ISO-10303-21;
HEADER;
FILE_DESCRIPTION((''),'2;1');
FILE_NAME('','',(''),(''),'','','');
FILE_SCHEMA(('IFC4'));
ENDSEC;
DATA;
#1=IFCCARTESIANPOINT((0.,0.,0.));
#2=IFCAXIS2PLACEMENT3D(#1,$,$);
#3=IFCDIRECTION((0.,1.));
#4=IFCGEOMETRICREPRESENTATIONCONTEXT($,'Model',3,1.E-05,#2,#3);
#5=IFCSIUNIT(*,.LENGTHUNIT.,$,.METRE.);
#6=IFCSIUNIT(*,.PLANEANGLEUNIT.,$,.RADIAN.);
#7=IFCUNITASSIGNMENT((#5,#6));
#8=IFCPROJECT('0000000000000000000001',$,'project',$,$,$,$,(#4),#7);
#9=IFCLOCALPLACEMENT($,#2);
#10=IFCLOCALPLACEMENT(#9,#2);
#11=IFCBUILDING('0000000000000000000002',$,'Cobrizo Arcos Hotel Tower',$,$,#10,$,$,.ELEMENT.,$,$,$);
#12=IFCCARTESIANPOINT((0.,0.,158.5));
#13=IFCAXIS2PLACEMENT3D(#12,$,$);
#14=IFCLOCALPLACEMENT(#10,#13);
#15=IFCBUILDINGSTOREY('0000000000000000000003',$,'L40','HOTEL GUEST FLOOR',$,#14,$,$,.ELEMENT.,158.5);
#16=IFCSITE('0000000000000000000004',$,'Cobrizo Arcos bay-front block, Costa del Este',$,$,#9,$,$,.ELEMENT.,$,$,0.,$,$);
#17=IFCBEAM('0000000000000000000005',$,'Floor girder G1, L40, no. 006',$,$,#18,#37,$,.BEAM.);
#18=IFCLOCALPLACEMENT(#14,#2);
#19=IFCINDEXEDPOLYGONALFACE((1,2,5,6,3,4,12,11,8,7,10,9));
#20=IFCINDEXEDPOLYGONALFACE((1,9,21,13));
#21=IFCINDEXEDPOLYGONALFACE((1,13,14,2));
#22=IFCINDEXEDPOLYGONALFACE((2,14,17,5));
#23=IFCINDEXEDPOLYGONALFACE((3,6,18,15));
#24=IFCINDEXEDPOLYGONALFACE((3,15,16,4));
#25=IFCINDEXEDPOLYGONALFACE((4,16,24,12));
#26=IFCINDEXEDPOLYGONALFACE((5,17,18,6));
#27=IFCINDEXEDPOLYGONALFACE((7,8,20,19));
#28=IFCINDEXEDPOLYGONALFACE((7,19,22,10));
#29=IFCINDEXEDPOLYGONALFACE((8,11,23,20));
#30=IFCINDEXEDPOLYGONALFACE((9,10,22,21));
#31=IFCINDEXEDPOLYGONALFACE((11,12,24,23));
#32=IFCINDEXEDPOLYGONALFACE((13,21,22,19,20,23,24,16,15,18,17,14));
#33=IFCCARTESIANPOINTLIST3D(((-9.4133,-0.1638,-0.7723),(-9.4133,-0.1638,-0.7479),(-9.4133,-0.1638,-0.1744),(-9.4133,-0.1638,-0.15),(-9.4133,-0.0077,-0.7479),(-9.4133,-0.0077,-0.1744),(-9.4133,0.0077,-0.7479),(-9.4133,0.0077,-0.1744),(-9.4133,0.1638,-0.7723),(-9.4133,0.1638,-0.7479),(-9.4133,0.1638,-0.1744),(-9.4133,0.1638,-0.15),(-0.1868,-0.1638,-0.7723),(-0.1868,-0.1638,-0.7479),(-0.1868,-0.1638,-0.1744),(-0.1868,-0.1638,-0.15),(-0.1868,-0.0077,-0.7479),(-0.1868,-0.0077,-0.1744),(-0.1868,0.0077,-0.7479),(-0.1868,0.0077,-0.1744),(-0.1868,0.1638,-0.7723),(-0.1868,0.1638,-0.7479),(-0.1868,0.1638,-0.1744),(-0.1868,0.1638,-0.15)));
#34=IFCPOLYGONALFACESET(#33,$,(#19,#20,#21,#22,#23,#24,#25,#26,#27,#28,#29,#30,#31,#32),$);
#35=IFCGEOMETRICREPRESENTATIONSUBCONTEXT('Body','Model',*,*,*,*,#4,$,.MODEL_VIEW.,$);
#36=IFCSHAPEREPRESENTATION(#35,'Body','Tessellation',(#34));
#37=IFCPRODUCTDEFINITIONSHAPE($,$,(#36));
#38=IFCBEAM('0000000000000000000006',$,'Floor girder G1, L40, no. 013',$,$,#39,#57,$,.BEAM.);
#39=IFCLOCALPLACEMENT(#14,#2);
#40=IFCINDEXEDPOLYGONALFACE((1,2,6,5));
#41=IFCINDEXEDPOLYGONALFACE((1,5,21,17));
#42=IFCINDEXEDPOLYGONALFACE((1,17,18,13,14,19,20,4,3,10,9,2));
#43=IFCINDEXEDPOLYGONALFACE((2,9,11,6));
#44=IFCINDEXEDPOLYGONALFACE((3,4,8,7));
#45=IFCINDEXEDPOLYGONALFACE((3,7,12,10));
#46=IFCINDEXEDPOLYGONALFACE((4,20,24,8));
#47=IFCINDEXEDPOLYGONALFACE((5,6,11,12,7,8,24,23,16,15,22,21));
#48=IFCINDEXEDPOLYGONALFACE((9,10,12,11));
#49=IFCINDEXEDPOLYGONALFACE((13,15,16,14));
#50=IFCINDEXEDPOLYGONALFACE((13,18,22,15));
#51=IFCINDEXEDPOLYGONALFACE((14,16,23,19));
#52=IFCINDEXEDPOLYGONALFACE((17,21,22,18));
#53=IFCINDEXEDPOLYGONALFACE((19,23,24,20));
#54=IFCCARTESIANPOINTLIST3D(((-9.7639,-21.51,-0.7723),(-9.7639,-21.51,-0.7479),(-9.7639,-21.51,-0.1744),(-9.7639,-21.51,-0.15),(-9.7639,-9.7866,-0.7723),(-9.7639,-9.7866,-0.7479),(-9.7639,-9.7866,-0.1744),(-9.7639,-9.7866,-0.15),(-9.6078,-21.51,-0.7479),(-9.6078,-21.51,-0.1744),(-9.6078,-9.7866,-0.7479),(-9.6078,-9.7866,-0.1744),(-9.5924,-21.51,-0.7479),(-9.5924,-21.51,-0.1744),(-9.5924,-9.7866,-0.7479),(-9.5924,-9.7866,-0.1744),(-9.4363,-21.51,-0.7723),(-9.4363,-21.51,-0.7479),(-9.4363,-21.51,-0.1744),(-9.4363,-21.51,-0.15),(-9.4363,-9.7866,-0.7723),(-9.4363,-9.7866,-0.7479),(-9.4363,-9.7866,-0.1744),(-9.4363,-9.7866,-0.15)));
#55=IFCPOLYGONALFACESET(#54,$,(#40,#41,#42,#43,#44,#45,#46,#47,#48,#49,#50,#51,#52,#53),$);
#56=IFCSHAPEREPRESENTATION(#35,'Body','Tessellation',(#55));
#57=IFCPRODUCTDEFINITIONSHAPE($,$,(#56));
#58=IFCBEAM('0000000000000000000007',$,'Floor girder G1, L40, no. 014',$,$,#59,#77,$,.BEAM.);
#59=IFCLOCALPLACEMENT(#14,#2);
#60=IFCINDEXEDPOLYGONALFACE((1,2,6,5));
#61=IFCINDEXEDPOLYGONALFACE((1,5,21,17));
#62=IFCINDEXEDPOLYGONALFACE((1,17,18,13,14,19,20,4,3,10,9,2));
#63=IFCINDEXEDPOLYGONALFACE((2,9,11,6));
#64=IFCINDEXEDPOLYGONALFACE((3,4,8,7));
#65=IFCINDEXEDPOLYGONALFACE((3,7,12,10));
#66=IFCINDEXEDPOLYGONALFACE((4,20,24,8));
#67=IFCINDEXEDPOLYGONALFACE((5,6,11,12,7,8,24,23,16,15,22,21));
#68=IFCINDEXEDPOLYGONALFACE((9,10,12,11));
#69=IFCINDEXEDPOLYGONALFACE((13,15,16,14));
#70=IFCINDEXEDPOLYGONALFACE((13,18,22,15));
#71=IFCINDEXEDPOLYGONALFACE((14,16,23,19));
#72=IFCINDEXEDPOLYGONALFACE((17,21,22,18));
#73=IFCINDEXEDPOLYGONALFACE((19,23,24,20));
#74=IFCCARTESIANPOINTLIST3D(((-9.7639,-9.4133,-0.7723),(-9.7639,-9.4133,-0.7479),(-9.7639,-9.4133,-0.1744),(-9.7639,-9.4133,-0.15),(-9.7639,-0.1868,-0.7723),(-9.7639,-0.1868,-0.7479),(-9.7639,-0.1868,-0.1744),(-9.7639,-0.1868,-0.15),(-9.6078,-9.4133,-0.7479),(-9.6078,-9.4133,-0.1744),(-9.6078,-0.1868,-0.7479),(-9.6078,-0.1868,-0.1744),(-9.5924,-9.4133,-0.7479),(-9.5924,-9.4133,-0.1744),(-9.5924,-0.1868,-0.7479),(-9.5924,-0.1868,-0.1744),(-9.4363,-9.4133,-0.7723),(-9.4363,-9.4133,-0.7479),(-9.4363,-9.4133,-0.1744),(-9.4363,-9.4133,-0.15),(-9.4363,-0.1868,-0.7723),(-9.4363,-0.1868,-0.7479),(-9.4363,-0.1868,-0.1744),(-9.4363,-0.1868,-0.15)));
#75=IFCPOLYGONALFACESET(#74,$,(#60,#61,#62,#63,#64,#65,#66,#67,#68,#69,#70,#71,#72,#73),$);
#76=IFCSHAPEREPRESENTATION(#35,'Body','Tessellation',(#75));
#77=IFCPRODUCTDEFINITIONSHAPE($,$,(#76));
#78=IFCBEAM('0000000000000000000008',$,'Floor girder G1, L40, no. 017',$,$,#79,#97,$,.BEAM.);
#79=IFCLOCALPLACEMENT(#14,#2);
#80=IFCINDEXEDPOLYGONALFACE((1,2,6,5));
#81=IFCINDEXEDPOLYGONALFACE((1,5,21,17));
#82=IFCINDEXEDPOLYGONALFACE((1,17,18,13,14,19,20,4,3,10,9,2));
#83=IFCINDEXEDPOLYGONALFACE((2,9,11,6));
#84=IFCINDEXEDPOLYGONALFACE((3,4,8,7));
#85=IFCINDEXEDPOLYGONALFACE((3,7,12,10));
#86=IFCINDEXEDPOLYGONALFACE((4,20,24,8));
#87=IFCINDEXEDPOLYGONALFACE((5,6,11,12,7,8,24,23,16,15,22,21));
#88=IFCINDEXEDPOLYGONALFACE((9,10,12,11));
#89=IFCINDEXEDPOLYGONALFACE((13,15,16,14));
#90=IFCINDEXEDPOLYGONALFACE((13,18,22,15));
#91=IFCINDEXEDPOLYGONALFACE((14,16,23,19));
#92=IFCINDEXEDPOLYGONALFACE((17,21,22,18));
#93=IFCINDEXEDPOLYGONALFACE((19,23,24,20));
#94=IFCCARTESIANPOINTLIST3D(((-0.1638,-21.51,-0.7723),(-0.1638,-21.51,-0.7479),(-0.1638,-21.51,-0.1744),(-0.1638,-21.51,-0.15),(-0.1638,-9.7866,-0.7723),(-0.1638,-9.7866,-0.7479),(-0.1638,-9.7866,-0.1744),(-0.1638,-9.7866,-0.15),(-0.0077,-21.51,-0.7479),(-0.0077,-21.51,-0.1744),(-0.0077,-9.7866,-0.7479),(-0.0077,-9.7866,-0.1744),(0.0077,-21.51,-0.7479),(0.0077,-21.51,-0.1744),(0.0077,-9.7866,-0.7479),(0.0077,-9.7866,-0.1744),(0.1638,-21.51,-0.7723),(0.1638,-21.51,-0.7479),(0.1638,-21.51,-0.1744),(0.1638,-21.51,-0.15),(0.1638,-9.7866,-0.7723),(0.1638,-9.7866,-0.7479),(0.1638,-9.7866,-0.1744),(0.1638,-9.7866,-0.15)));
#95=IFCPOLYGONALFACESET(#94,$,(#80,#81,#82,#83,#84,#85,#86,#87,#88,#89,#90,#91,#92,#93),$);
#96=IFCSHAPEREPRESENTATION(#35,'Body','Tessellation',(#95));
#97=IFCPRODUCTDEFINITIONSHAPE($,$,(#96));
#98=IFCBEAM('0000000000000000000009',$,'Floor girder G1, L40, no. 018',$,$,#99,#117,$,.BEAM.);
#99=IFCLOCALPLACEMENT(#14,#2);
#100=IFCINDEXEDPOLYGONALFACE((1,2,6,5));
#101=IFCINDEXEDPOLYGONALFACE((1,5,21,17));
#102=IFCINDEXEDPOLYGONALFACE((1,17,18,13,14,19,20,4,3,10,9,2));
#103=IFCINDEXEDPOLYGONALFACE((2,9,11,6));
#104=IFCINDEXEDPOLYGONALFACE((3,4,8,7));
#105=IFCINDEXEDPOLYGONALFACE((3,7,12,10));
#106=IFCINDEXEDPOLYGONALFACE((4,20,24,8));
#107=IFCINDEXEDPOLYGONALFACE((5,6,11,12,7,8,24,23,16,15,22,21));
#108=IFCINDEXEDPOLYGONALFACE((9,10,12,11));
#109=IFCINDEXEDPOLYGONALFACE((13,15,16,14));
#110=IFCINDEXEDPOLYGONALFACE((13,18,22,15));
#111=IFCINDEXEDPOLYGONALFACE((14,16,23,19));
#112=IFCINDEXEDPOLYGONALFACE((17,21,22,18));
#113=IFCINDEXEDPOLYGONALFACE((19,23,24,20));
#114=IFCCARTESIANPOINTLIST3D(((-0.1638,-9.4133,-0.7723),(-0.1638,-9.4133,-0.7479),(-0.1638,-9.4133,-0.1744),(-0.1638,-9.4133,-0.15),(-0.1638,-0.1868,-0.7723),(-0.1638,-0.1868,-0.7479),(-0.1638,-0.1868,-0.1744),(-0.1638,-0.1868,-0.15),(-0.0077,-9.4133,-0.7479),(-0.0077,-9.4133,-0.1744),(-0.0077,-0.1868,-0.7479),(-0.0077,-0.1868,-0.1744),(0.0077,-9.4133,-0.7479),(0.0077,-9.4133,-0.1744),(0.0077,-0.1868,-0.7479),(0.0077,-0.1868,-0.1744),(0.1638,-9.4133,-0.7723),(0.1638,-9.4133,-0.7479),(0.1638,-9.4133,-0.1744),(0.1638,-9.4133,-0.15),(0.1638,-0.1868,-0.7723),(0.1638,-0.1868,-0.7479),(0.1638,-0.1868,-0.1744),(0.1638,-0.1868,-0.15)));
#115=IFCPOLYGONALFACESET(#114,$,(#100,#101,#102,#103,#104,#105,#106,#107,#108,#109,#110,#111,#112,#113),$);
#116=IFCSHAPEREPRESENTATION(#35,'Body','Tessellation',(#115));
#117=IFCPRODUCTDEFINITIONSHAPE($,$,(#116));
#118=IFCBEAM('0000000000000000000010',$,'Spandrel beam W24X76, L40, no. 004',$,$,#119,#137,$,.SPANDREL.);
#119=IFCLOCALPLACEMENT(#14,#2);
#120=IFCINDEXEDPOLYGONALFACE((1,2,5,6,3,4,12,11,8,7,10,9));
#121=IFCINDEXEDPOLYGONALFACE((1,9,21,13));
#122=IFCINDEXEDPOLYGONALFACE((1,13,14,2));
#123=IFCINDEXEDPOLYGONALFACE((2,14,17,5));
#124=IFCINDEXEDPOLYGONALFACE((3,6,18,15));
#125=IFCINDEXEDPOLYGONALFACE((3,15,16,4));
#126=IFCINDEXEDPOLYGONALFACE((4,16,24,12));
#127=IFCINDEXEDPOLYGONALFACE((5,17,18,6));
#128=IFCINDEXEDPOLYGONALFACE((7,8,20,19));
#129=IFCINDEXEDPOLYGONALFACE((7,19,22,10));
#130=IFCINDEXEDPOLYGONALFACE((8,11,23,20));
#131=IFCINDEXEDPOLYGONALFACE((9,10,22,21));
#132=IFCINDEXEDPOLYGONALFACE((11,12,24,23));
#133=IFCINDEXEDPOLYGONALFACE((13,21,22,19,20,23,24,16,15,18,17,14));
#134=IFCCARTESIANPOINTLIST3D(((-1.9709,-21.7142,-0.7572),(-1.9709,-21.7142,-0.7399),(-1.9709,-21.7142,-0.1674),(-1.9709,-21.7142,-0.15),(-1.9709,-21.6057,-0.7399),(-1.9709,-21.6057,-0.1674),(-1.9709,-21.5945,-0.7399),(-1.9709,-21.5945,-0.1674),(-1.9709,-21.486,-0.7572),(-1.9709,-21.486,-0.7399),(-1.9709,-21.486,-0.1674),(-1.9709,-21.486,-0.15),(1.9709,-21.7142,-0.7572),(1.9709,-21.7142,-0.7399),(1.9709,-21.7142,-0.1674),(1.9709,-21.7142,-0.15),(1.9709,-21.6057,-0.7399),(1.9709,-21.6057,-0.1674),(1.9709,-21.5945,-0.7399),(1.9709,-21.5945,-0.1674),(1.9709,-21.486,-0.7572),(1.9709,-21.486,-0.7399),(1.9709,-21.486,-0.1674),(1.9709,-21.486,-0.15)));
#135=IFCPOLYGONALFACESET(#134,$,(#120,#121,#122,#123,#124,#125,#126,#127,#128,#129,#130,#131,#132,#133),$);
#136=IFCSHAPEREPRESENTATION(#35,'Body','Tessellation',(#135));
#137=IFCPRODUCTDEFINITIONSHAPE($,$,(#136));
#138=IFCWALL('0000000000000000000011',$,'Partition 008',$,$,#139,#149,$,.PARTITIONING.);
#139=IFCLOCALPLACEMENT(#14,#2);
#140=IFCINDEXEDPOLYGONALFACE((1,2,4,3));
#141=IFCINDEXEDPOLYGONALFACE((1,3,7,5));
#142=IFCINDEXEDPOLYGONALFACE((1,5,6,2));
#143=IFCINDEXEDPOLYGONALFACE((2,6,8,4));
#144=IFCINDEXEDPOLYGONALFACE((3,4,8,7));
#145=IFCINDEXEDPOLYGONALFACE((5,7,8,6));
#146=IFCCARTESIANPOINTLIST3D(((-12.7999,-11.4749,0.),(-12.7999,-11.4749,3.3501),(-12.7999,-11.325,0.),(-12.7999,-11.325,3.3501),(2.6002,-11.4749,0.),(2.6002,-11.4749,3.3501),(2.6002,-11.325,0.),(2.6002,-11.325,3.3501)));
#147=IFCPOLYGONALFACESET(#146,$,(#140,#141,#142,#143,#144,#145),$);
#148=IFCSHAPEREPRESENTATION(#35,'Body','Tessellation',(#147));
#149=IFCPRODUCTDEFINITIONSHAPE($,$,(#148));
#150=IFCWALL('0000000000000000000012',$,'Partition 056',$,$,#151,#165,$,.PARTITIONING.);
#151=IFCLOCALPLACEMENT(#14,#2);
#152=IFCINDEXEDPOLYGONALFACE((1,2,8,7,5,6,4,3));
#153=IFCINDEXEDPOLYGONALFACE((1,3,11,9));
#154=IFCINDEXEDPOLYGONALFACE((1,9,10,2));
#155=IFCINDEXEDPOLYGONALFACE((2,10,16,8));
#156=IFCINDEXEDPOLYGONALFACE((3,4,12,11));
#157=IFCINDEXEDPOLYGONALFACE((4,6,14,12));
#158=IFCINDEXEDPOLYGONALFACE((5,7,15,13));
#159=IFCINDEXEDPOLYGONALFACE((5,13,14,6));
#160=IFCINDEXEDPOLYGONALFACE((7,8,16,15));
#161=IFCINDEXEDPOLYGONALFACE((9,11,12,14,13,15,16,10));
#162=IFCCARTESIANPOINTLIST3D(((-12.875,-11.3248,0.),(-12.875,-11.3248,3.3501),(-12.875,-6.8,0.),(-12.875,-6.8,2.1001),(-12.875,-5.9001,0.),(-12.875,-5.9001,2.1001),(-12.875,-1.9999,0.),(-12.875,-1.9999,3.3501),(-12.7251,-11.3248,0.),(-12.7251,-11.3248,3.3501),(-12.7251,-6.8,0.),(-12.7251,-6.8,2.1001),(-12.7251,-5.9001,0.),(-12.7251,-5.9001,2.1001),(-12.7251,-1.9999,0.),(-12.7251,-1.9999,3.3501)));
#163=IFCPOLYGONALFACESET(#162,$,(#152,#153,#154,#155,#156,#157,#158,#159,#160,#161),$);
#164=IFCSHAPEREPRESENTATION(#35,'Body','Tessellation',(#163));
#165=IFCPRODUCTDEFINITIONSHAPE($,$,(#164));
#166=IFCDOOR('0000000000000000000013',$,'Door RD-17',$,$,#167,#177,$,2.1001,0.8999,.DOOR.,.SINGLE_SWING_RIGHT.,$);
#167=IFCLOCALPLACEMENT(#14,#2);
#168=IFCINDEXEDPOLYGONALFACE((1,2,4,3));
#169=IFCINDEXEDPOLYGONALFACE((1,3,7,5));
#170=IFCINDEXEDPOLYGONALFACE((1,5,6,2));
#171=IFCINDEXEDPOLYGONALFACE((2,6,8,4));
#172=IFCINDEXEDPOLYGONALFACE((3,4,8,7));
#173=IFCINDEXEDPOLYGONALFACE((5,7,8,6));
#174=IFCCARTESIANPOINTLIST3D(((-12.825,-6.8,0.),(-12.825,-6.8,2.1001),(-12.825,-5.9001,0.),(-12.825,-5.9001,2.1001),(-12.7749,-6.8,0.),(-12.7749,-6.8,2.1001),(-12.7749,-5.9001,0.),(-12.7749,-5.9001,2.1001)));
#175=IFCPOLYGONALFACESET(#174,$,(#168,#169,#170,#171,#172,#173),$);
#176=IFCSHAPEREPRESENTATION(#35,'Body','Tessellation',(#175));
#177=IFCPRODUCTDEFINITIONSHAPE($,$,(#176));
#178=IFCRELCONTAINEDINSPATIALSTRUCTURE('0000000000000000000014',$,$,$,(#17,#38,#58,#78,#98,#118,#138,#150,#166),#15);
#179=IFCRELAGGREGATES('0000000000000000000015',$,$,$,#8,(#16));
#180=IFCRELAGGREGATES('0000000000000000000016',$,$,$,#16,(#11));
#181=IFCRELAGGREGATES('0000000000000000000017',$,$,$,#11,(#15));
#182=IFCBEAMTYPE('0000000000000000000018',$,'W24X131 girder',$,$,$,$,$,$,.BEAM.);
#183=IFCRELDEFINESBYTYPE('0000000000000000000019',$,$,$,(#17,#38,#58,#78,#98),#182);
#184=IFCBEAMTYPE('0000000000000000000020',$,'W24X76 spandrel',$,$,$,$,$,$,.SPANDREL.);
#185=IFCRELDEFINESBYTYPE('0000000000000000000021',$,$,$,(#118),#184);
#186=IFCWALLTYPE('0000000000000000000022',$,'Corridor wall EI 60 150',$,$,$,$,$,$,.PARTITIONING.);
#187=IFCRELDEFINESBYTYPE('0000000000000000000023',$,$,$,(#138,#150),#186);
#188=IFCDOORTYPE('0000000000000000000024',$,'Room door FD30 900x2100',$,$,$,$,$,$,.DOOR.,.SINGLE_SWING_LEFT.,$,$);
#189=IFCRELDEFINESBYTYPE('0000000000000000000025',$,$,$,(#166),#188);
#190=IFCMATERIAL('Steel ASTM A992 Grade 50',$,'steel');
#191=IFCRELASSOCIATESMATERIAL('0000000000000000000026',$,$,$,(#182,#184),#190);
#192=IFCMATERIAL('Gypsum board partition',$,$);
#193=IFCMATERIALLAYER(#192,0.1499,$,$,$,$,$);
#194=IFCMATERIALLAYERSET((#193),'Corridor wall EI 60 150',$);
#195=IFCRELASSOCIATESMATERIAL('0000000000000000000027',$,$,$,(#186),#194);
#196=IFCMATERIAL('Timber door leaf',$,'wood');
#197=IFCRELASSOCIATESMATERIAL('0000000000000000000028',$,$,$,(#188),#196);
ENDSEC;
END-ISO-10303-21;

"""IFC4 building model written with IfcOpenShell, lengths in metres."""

from ifc_helpers import new_model, si_unit, direction, frame, frame_2d, origin, origin_2d, place, context, subcontext, project, spatial, rectangle, i_section, extrude, material, layer, layer_set, material_profile, profile_set, type_object, element, fill, save


model = new_model("IFC4")

# Units and contexts
model_context = context("Model", 3, precision=1e-05, world=origin(), true_north=direction((0.0, 1.0)))
body_context = subcontext(model_context, "Body", "Model", "MODEL_VIEW")
ifc_project = project(units=[si_unit("LENGTHUNIT", "METRE"), si_unit("PLANEANGLEUNIT", "RADIAN")], contexts=[model_context])

# Site, building, storey
site_placement = place(None, origin())
site = spatial("IfcSite", under=ifc_project, at=site_placement, Name="Cobrizo Arcos bay-front block, Costa del Este", CompositionType="ELEMENT", RefElevation=0.0)
building_placement = place(site_placement, origin())
building = spatial("IfcBuilding", under=site, at=building_placement, Name="Cobrizo Arcos Hotel Tower", CompositionType="ELEMENT")
storey_placement = place(building_placement, frame((0.0, 0.0, 158.5)))
storey = spatial("IfcBuildingStorey", under=building, at=storey_placement, Name="L40", Description="HOTEL GUEST FLOOR", CompositionType="ELEMENT", Elevation=158.5)

# Shared definitions
ifc_material_1 = material(Name="Steel ASTM A992 Grade 50", Category="steel")

# Beams
ifc_material_profile_1 = material_profile(ifc_material_1, i_section(OverallWidth=0.3276, OverallDepth=0.6223, WebThickness=0.0154, FlangeThickness=0.0244, at=origin_2d()), Name="W24X131")
ifc_profile_set_1 = profile_set([ifc_material_profile_1], Name="Steel ASTM A992 Grade 50")
beam_type_1 = type_object("IfcBeamType", Name="W24X131 girder", PredefinedType="BEAM", material=ifc_profile_set_1)
for number, where, z_axis, x_axis, name in (
    (1, (-9.4133, 0.0, -0.4612), (1.0, 0.0, 0.0), (0.0, 1.0, 0.0), "Floor girder G1, L40, no. 006"),
):
    element("IfcBeam", number, at=place(storey_placement, frame(where, z_axis=z_axis, x_axis=x_axis)), inside=storey, type_object=beam_type_1, Name=name, PredefinedType="BEAM", context=body_context, shape_type="SweptSolid", body=[
        extrude(i_section(OverallWidth=0.3276, OverallDepth=0.6223, WebThickness=0.0154, FlangeThickness=0.0244, at=origin_2d()), origin(), (0.0, 0.0, 1.0), 9.2266),
    ])
beam_1_placement = place(storey_placement, frame((-9.6001, -21.51, -0.4612), z_axis=(0.0, 1.0, 0.0), x_axis=(-1.0, 0.0, 0.0)))
element("IfcBeam", 2, at=beam_1_placement, inside=storey, type_object=beam_type_1, Name="Floor girder G1, L40, no. 013", PredefinedType="BEAM", context=body_context, shape_type="SweptSolid", body=[
    extrude(i_section(OverallWidth=0.3276, OverallDepth=0.6223, WebThickness=0.0154, FlangeThickness=0.0244, at=origin_2d()), origin(), (0.0, 0.0, 1.0), 11.7234),
])
beam_2_placement = place(storey_placement, frame((-9.6001, -9.4133, -0.4612), z_axis=(0.0, 1.0, 0.0), x_axis=(-1.0, 0.0, 0.0)))
element("IfcBeam", 3, at=beam_2_placement, inside=storey, type_object=beam_type_1, Name="Floor girder G1, L40, no. 014", PredefinedType="BEAM", context=body_context, shape_type="SweptSolid", body=[
    extrude(i_section(OverallWidth=0.3276, OverallDepth=0.6223, WebThickness=0.0154, FlangeThickness=0.0244, at=origin_2d()), origin(), (0.0, 0.0, 1.0), 9.2266),
])
beam_3_placement = place(storey_placement, frame((0.0, -21.51, -0.4612), z_axis=(0.0, 1.0, 0.0), x_axis=(-1.0, 0.0, 0.0)))
element("IfcBeam", 4, at=beam_3_placement, inside=storey, type_object=beam_type_1, Name="Floor girder G1, L40, no. 017", PredefinedType="BEAM", context=body_context, shape_type="SweptSolid", body=[
    extrude(i_section(OverallWidth=0.3276, OverallDepth=0.6223, WebThickness=0.0154, FlangeThickness=0.0244, at=origin_2d()), origin(), (0.0, 0.0, 1.0), 11.7234),
])
beam_4_placement = place(storey_placement, frame((0.0, -9.4133, -0.4612), z_axis=(0.0, 1.0, 0.0), x_axis=(-1.0, 0.0, 0.0)))
element("IfcBeam", 5, at=beam_4_placement, inside=storey, type_object=beam_type_1, Name="Floor girder G1, L40, no. 018", PredefinedType="BEAM", context=body_context, shape_type="SweptSolid", body=[
    extrude(i_section(OverallWidth=0.3276, OverallDepth=0.6223, WebThickness=0.0154, FlangeThickness=0.0244, at=origin_2d()), origin(), (0.0, 0.0, 1.0), 9.2266),
])
ifc_material_profile_2 = material_profile(ifc_material_1, i_section(OverallWidth=0.2283, OverallDepth=0.6072, WebThickness=0.0112, FlangeThickness=0.0173, at=origin_2d()), Name="W24X76")
ifc_profile_set_2 = profile_set([ifc_material_profile_2], Name="Steel ASTM A992 Grade 50")
beam_type_2 = type_object("IfcBeamType", Name="W24X76 spandrel", PredefinedType="SPANDREL", material=ifc_profile_set_2)
beam_5_placement = place(storey_placement, frame((-1.9709, -21.6001, -0.4536), z_axis=(1.0, 0.0, 0.0), x_axis=(0.0, 1.0, 0.0)))
element("IfcBeam", 6, at=beam_5_placement, inside=storey, type_object=beam_type_2, Name="Spandrel beam W24X76, L40, no. 004", PredefinedType="SPANDREL", context=body_context, shape_type="SweptSolid", body=[
    extrude(i_section(OverallWidth=0.2283, OverallDepth=0.6072, WebThickness=0.0112, FlangeThickness=0.0173, at=origin_2d()), origin(), (0.0, 0.0, 1.0), 3.9419),
])

# Wall
ifc_material_2 = material(Name="Gypsum board partition")
ifc_layer_1 = layer(ifc_material_2, 0.1499)
ifc_layer_set_1 = layer_set([ifc_layer_1], Name="Corridor wall EI 60 150")
wall_type_1 = type_object("IfcWallType", Name="Corridor wall EI 60 150", PredefinedType="PARTITIONING", material=ifc_layer_set_1)
wall_1_placement = place(storey_placement, frame((-12.8, -11.3999, 0.0), z_axis=(0.0, 0.0, 1.0), x_axis=(1.0, 0.0, 0.0)))
element("IfcWall", 7, at=wall_1_placement, inside=storey, type_object=wall_type_1, Name="Partition 008", PredefinedType="PARTITIONING", context=body_context, shape_type="SweptSolid", body=[
    extrude(rectangle(XDim=15.4001, YDim=0.1499, at=frame_2d((7.7002, 0.0))), origin(), (0.0, 0.0, 1.0), 3.3501),
])

# Wall, opening, door
wall_2_placement = place(storey_placement, frame((-12.8, -11.325, 0.0), z_axis=(0.0, 0.0, 1.0), x_axis=(0.0, 1.0, 0.0)))
wall_2 = element("IfcWall", 8, at=wall_2_placement, inside=storey, type_object=wall_type_1, Name="Partition 056", PredefinedType="PARTITIONING", context=body_context, shape_type="SweptSolid", body=[
    extrude(rectangle(XDim=9.325, YDim=0.1499, at=frame_2d((4.6626, 0.0))), origin(), (0.0, 0.0, 1.0), 3.3501),
])
opening_1_placement = place(wall_2_placement, frame((4.5249, 0.0, 0.0)))
opening_1 = element("IfcOpeningElement", 9, at=opening_1_placement, cuts=wall_2, PredefinedType="OPENING", context=body_context, shape_type="SweptSolid", body=[
    extrude(rectangle(XDim=0.8999, YDim=2.1001, at=frame_2d((0.45, 1.05))), frame((0.0, 0.0869, 0.0), z_axis=(0.0, -1.0, 0.0), x_axis=(1.0, 0.0, 0.0)), (0.0, 0.0, 1.0), 0.1738),
])
ifc_material_3 = material(Name="Timber door leaf", Category="wood")
door_type_1 = type_object("IfcDoorType", Name="Room door FD30 900x2100", OperationType="SINGLE_SWING_LEFT", PredefinedType="DOOR", material=ifc_material_3)
door_1_placement = place(opening_1_placement, origin())
door_1 = element("IfcDoor", 10, at=door_1_placement, inside=storey, type_object=door_type_1, Name="Door RD-17", OperationType="SINGLE_SWING_RIGHT", OverallHeight=2.1001, OverallWidth=0.8999, PredefinedType="DOOR", context=body_context, shape_type="SweptSolid", body=[
    extrude(rectangle(XDim=0.8999, YDim=2.1001, at=frame_2d((0.45, 1.05))), frame((0.0, 0.0249, 0.0), z_axis=(0.0, -1.0, 0.0), x_axis=(1.0, 0.0, 0.0)), (0.0, 0.0, 1.0), 0.05),
])
fill(opening_1, door_1)

save(model, "model.ifc")
